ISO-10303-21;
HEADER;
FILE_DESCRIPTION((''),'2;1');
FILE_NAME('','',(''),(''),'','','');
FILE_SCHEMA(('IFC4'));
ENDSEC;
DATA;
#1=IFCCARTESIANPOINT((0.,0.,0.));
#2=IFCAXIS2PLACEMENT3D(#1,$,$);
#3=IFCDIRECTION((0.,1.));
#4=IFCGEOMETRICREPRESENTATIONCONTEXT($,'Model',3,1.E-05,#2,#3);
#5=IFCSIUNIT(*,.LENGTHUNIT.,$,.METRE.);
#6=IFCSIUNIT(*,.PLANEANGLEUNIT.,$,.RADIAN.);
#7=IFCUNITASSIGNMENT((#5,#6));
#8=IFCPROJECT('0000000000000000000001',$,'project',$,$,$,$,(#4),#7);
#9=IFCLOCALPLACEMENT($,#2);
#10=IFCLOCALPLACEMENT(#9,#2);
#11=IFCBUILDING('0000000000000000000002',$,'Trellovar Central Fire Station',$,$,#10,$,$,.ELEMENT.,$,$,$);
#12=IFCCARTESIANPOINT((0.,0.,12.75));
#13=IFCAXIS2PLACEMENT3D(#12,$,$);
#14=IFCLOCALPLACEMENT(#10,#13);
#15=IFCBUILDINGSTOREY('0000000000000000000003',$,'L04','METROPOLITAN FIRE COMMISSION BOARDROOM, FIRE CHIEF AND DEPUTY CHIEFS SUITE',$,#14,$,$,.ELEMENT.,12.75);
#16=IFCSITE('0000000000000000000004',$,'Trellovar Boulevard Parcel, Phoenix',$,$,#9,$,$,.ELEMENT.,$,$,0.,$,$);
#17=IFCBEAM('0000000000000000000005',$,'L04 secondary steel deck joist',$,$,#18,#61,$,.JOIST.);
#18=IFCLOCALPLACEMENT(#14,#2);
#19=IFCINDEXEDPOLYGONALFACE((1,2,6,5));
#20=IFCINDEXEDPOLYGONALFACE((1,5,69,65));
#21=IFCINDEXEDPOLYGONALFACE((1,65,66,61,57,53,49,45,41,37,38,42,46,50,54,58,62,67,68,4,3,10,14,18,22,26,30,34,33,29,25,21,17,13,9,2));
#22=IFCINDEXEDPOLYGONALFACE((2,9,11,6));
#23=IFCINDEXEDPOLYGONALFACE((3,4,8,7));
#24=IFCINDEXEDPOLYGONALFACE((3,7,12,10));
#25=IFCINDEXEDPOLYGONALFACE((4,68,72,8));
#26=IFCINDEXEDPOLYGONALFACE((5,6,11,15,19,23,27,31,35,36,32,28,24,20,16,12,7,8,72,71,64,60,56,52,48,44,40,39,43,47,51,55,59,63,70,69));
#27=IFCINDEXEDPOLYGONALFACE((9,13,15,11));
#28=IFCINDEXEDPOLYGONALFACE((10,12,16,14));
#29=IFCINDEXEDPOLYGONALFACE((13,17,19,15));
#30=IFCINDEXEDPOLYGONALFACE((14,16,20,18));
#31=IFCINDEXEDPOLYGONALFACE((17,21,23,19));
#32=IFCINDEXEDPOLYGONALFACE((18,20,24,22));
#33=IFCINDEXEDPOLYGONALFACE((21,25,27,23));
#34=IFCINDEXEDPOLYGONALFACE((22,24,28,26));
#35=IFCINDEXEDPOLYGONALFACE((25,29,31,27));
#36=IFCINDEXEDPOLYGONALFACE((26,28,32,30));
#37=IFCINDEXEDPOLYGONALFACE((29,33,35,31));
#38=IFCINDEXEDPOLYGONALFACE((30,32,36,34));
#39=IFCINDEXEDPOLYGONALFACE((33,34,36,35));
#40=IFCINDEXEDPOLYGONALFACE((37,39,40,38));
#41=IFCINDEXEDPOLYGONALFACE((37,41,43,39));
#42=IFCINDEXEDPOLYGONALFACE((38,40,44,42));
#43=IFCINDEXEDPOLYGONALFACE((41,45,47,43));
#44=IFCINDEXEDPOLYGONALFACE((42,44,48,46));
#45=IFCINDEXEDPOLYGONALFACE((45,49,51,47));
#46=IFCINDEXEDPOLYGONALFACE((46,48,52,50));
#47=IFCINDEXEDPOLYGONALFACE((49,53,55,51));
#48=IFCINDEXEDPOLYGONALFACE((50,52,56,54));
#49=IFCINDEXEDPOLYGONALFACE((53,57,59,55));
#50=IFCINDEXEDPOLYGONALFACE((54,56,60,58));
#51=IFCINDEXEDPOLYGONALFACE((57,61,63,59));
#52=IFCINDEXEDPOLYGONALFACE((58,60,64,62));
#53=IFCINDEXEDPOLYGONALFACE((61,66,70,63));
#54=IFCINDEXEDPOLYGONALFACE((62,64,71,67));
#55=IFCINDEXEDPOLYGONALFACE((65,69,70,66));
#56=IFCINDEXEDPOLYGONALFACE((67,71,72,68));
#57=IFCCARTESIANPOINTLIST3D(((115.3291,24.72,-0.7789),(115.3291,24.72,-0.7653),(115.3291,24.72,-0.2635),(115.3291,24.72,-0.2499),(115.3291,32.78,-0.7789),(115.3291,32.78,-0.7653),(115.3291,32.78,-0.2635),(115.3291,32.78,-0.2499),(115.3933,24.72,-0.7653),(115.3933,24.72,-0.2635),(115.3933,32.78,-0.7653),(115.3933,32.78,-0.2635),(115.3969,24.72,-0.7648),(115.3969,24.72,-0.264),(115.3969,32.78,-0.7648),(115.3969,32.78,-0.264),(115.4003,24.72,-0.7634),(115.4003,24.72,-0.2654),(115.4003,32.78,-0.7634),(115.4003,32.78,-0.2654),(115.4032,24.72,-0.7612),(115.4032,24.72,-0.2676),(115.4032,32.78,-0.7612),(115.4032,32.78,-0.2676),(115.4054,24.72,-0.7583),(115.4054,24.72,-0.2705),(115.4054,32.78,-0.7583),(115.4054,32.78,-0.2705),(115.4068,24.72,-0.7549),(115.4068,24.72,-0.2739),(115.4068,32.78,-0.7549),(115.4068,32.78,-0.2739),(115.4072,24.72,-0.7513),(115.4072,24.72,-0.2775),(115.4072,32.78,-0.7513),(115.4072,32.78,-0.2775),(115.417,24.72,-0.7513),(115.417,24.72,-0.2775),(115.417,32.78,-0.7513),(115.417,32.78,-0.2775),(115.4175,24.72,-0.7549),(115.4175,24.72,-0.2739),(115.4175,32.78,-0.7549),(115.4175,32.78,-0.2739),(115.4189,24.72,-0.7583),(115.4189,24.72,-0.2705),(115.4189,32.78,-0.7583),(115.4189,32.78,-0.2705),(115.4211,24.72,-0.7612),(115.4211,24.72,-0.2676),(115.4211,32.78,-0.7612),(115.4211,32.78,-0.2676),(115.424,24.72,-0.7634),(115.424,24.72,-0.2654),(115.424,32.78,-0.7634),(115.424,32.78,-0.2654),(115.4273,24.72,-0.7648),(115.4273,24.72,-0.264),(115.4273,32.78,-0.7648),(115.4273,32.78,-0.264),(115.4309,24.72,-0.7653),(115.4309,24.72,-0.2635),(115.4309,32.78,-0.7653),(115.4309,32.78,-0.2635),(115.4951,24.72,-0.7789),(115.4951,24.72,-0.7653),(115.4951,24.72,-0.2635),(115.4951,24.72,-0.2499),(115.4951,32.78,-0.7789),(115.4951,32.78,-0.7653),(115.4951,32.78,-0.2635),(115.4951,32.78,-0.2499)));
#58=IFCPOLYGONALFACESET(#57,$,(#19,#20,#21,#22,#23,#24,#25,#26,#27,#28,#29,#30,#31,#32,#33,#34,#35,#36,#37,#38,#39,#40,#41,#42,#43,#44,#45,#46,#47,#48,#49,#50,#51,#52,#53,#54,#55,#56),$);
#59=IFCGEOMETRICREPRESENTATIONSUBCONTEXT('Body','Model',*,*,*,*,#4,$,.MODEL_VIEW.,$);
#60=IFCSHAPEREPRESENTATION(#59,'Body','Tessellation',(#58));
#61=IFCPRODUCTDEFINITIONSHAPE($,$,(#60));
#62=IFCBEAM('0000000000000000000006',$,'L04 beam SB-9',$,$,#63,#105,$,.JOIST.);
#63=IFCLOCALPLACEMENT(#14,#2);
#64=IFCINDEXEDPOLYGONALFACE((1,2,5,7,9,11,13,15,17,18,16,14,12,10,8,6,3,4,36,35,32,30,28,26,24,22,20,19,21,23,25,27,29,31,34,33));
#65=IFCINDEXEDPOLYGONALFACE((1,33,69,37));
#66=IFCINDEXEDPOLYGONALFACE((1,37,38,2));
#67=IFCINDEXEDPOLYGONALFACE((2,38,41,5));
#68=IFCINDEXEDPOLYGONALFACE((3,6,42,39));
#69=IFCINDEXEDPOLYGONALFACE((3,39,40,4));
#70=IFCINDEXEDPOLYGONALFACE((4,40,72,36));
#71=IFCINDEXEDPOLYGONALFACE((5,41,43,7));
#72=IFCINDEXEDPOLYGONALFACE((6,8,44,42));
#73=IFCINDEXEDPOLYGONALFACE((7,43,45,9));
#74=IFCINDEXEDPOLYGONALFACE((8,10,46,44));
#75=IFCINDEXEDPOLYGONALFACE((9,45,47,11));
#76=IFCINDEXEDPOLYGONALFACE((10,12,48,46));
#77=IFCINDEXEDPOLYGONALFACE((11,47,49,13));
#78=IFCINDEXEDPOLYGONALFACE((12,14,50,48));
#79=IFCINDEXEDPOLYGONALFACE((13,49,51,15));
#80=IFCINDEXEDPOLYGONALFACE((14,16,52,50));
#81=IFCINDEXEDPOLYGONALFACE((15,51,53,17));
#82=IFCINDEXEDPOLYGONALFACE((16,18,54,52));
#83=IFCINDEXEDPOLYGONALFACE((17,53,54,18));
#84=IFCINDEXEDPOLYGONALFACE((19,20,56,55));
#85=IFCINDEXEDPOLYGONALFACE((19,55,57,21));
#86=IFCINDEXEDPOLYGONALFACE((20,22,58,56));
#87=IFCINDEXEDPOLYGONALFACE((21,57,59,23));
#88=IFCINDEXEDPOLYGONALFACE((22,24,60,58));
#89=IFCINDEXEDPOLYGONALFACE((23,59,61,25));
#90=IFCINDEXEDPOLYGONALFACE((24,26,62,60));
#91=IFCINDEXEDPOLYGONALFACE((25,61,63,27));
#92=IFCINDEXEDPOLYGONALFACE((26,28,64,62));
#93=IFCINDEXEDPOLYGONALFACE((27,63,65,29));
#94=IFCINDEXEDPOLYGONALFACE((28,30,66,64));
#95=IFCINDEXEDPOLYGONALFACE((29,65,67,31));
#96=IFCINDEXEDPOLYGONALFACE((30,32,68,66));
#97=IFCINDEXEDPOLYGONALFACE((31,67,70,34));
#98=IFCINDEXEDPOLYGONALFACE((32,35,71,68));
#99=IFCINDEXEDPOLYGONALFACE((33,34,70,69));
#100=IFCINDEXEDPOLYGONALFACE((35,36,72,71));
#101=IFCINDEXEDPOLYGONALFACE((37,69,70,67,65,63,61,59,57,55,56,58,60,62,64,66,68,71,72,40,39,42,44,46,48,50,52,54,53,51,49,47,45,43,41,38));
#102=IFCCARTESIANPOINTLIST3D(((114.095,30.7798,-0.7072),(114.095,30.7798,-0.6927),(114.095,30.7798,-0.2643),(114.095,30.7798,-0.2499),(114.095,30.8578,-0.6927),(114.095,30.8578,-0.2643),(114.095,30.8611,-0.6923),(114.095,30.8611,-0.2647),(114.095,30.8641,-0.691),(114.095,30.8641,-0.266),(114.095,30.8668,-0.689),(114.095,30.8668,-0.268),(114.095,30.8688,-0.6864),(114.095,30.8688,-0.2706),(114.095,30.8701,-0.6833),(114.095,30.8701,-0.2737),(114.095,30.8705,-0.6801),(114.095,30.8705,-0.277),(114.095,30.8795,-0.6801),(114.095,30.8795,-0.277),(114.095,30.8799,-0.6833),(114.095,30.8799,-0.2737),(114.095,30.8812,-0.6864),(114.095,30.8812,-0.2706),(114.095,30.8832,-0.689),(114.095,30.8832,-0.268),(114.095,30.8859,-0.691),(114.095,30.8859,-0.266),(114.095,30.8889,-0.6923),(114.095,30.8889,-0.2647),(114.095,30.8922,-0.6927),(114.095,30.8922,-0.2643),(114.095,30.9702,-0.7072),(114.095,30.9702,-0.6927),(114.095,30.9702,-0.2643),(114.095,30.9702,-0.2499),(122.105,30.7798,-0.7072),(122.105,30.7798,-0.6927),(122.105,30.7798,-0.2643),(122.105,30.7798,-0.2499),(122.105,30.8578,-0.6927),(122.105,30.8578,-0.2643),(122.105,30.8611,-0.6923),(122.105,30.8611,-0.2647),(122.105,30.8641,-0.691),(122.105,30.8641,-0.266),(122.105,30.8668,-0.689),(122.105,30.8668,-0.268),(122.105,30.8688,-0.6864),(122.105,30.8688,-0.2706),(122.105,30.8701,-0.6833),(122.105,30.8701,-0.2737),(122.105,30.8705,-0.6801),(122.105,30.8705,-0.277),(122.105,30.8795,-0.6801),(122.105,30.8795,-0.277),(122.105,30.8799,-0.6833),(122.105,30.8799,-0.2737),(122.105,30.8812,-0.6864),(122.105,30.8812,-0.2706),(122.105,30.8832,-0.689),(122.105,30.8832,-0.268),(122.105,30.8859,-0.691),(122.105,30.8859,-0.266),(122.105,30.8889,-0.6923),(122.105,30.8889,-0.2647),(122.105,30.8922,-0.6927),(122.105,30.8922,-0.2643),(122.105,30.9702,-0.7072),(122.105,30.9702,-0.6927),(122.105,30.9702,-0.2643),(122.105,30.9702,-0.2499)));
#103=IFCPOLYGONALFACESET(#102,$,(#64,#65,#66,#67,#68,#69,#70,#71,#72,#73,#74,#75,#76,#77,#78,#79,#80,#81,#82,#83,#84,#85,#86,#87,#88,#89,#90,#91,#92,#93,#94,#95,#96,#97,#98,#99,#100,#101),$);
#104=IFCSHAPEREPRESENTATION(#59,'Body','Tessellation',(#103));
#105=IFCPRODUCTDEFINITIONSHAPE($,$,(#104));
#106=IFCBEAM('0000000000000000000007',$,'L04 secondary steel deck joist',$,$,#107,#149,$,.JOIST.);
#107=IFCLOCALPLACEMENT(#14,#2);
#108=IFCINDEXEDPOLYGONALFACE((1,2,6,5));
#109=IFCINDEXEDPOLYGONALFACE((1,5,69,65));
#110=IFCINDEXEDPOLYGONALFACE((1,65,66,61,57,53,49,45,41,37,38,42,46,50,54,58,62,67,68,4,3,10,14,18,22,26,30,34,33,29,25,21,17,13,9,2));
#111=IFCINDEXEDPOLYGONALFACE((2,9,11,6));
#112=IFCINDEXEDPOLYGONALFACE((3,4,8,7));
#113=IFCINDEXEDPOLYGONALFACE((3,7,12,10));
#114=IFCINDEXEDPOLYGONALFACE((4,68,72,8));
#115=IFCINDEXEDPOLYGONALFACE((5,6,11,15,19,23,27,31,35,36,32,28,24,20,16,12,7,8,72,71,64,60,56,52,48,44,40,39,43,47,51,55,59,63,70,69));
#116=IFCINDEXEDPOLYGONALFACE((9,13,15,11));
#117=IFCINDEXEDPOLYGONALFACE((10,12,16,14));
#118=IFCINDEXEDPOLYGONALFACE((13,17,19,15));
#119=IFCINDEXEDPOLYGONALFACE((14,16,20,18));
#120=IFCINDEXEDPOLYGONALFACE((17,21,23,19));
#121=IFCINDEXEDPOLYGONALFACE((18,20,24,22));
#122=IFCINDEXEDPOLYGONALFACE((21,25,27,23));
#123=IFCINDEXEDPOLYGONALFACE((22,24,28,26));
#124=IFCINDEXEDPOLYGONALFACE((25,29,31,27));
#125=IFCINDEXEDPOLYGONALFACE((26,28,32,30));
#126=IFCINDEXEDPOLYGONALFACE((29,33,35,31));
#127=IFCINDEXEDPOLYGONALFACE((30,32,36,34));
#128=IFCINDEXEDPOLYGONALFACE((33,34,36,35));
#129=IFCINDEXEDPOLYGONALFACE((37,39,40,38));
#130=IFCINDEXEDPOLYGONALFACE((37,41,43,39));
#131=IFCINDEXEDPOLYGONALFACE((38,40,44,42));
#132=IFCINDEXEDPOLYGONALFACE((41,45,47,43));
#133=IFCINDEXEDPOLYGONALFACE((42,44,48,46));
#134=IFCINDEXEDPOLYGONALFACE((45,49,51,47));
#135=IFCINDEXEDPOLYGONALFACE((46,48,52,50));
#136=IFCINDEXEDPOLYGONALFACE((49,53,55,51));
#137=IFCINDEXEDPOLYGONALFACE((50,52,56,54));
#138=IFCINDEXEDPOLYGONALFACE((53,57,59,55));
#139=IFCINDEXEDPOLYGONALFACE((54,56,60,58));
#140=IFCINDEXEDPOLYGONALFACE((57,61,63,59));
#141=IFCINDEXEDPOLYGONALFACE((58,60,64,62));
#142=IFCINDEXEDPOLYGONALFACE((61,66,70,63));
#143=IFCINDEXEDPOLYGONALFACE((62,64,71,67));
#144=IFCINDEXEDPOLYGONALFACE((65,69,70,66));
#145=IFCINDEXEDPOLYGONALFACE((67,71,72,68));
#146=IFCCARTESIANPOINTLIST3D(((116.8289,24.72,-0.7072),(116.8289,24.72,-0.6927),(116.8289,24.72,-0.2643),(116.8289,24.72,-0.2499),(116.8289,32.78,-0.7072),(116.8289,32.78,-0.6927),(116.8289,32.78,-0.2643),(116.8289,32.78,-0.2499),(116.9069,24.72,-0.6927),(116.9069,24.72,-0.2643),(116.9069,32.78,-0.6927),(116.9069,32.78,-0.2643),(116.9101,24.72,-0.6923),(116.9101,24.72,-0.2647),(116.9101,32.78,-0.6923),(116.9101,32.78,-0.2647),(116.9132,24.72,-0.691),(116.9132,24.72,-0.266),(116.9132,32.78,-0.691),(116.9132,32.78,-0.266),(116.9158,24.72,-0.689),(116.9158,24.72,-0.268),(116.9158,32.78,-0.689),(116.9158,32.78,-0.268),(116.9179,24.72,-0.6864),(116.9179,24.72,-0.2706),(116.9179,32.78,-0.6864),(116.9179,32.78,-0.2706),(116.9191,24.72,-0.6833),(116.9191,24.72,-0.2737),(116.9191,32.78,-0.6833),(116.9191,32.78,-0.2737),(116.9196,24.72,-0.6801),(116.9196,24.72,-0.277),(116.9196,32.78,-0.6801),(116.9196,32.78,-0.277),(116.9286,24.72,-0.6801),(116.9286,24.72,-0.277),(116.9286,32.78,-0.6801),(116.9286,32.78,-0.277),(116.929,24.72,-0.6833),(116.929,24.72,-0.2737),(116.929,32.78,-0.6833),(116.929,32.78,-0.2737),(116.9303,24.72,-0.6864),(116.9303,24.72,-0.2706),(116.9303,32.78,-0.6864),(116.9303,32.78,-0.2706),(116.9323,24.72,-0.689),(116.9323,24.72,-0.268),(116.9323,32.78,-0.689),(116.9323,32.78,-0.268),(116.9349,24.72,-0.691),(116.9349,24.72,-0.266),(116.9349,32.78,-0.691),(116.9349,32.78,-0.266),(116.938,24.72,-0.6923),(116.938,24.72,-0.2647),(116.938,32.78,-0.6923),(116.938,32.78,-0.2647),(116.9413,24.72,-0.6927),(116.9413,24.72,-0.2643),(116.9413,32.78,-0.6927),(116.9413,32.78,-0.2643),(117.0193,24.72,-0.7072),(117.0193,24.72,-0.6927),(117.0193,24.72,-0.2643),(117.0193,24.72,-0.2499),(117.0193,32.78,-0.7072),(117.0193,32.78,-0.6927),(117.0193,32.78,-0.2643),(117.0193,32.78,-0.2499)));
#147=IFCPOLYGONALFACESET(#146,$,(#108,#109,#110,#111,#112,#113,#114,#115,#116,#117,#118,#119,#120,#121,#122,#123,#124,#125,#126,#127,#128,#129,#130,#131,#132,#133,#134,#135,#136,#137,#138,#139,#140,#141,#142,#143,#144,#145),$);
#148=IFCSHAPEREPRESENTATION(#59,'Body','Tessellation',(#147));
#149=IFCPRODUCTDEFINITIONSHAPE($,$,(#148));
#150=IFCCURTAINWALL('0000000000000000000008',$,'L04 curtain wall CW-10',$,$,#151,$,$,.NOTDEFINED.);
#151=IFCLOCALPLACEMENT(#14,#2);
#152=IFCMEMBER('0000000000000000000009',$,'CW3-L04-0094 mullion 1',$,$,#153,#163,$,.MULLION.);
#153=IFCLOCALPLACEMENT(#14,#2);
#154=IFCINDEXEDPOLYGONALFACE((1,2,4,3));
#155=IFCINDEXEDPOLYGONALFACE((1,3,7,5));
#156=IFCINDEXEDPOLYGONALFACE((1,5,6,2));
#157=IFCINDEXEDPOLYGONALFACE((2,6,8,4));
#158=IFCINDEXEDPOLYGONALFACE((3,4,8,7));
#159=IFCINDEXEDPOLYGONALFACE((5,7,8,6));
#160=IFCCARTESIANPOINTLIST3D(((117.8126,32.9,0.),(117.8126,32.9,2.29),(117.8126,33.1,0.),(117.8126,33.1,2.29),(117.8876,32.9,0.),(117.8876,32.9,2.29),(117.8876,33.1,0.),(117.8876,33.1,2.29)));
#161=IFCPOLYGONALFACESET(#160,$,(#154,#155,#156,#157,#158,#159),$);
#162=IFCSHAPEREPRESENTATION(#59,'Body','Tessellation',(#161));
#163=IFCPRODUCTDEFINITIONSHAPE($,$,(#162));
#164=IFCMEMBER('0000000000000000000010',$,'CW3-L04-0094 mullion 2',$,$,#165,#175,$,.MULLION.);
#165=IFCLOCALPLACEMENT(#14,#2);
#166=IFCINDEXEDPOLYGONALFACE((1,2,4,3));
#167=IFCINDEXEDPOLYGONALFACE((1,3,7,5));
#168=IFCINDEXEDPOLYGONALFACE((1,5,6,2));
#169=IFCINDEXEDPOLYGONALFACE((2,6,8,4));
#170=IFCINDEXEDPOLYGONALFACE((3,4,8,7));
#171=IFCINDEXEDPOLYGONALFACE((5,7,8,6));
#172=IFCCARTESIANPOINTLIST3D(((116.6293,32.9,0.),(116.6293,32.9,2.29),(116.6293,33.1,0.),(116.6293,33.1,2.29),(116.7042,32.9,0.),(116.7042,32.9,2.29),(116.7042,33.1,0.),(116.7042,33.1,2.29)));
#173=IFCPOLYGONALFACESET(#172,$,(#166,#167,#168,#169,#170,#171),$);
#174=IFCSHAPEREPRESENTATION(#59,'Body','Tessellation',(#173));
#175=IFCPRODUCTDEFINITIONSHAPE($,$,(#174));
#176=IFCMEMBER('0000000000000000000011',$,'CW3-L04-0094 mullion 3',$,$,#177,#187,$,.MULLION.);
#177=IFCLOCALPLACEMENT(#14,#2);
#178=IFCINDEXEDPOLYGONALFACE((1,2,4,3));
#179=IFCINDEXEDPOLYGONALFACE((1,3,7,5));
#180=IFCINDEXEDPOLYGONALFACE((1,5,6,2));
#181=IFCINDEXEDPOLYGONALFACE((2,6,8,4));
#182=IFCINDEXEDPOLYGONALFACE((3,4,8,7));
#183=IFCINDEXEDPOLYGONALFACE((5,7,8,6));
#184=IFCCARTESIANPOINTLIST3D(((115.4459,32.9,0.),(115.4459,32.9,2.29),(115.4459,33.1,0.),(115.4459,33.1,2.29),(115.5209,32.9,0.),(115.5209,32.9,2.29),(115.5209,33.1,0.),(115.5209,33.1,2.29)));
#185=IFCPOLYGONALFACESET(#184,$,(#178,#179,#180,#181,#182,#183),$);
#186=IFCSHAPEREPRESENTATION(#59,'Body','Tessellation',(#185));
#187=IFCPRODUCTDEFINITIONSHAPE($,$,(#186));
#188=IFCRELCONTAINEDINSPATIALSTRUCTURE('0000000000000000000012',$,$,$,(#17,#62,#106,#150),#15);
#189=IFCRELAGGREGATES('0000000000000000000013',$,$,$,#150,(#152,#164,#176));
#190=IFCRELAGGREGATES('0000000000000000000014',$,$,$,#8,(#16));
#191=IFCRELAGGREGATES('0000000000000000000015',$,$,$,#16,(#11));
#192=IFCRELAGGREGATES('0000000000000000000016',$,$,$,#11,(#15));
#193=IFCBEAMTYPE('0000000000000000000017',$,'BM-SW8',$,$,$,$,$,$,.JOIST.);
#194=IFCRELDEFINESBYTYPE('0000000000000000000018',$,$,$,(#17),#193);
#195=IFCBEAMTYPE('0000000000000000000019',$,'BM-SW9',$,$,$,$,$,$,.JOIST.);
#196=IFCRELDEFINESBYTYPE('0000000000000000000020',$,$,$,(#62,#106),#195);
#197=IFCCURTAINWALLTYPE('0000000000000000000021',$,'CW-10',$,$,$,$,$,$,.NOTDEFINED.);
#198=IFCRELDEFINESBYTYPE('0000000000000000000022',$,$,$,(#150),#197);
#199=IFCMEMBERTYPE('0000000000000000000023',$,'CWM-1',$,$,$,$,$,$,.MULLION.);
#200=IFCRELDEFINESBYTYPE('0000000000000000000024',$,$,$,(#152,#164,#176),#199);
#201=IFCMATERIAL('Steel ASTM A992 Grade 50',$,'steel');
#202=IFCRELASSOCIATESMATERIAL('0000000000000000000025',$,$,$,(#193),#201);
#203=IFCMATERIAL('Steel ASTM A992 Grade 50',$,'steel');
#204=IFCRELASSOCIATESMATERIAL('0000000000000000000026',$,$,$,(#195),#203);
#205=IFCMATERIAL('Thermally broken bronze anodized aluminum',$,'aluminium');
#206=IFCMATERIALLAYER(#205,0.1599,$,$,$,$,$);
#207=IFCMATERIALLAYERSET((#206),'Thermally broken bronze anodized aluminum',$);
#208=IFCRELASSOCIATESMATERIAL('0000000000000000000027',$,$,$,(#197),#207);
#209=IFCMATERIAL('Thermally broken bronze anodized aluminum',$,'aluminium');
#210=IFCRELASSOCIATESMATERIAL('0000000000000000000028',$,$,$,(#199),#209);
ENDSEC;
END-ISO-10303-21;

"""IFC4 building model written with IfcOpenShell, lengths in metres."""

from ifc_helpers import new_model, si_unit, direction, frame, origin, origin_2d, place, context, subcontext, project, spatial, rectangle, i_section, extrude, material, layer, layer_set, material_profile, profile_set, type_object, element, aggregate, save


model = new_model("IFC4")

# Units and contexts
model_context = context("Model", 3, precision=1e-05, world=origin(), true_north=direction((0.0, 1.0)))
body_context = subcontext(model_context, "Body", "Model", "MODEL_VIEW")
ifc_project = project(units=[si_unit("LENGTHUNIT", "METRE"), si_unit("PLANEANGLEUNIT", "RADIAN")], contexts=[model_context])

# Site, building, storey
site_placement = place(None, origin())
site = spatial("IfcSite", under=ifc_project, at=site_placement, Name="Trellovar Boulevard Parcel, Phoenix", CompositionType="ELEMENT", RefElevation=0.0)
building_placement = place(site_placement, origin())
building = spatial("IfcBuilding", under=site, at=building_placement, Name="Trellovar Central Fire Station", CompositionType="ELEMENT")
storey_placement = place(building_placement, frame((0.0, 0.0, 12.75)))
storey = spatial("IfcBuildingStorey", under=building, at=storey_placement, Name="L04", Description="METROPOLITAN FIRE COMMISSION BOARDROOM, FIRE CHIEF AND DEPUTY CHIEFS SUITE", CompositionType="ELEMENT", Elevation=12.75)

# Beams
ifc_material_1 = material(Name="Steel ASTM A992 Grade 50", Category="steel")
ifc_material_profile_1 = material_profile(ifc_material_1, i_section(OverallWidth=0.166, OverallDepth=0.5291, WebThickness=0.0098, FlangeThickness=0.0137, FilletRadius=0.0139, at=origin_2d()), Name="W21X50")
ifc_profile_set_1 = profile_set([ifc_material_profile_1], Name="Steel ASTM A992 Grade 50")
beam_type_1 = type_object("IfcBeamType", Name="BM-SW8", PredefinedType="JOIST", material=ifc_profile_set_1)
beam_1_placement = place(storey_placement, frame((115.4121, 24.72, -0.5144), z_axis=(0.0, 1.0, 0.0), x_axis=(-1.0, 0.0, 0.0)))
element("IfcBeam", 1, at=beam_1_placement, inside=storey, type_object=beam_type_1, Name="L04 secondary steel deck joist", PredefinedType="JOIST", context=body_context, shape_type="SweptSolid", body=[
    extrude(i_section(OverallWidth=0.166, OverallDepth=0.5291, WebThickness=0.0098, FlangeThickness=0.0137, FilletRadius=0.0139, at=origin_2d()), origin(), (0.0, 0.0, 1.0), 8.0601),
])
ifc_material_2 = material(Name="Steel ASTM A992 Grade 50", Category="steel")
ifc_material_profile_2 = material_profile(ifc_material_2, i_section(OverallWidth=0.1904, OverallDepth=0.4573, WebThickness=0.009, FlangeThickness=0.0144, FilletRadius=0.0127, at=origin_2d()), Name="W18X50")
ifc_profile_set_2 = profile_set([ifc_material_profile_2], Name="Steel ASTM A992 Grade 50")
beam_type_2 = type_object("IfcBeamType", Name="BM-SW9", PredefinedType="JOIST", material=ifc_profile_set_2)
beam_2_placement = place(storey_placement, frame((114.095, 30.875, -0.4785), z_axis=(1.0, 0.0, 0.0), x_axis=(0.0, 1.0, 0.0)))
element("IfcBeam", 2, at=beam_2_placement, inside=storey, type_object=beam_type_2, Name="L04 beam SB-9", PredefinedType="JOIST", context=body_context, shape_type="SweptSolid", body=[
    extrude(i_section(OverallWidth=0.1904, OverallDepth=0.4573, WebThickness=0.009, FlangeThickness=0.0144, FilletRadius=0.0127, at=origin_2d()), origin(), (0.0, 0.0, 1.0), 8.01),
])
beam_3_placement = place(storey_placement, frame((116.9241, 24.72, -0.4785), z_axis=(0.0, 1.0, 0.0), x_axis=(-1.0, 0.0, 0.0)))
element("IfcBeam", 3, at=beam_3_placement, inside=storey, type_object=beam_type_2, Name="L04 secondary steel deck joist", PredefinedType="JOIST", context=body_context, shape_type="SweptSolid", body=[
    extrude(i_section(OverallWidth=0.1904, OverallDepth=0.4573, WebThickness=0.009, FlangeThickness=0.0144, FilletRadius=0.0127, at=origin_2d()), origin(), (0.0, 0.0, 1.0), 8.0601),
])

# Curtain wall, members
ifc_material_3 = material(Name="Thermally broken bronze anodized aluminum", Category="aluminium")
ifc_layer_1 = layer(ifc_material_3, 0.1599)
ifc_layer_set_1 = layer_set([ifc_layer_1], Name="Thermally broken bronze anodized aluminum")
curtain_wall_type = type_object("IfcCurtainWallType", Name="CW-10", PredefinedType="NOTDEFINED", material=ifc_layer_set_1)
curtain_wall_placement = place(storey_placement, origin())
curtain_wall = element("IfcCurtainWall", 4, at=curtain_wall_placement, inside=storey, type_object=curtain_wall_type, Name="L04 curtain wall CW-10", PredefinedType="NOTDEFINED")
ifc_material_4 = material(Name="Thermally broken bronze anodized aluminum", Category="aluminium")
ifc_material_profile_3 = material_profile(ifc_material_4, rectangle(XDim=0.075, YDim=0.2, at=origin_2d()), Name="ALU75X200")
ifc_profile_set_3 = profile_set([ifc_material_profile_3], Name="Thermally broken bronze anodized aluminum")
member_type_1 = type_object("IfcMemberType", Name="CWM-1", PredefinedType="MULLION", material=ifc_profile_set_3)
member_1_placement = place(storey_placement, frame((117.8501, 33.0, 0.0), z_axis=(0.0, 0.0, 1.0), x_axis=(1.0, 0.0, 0.0)))
member_1 = element("IfcMember", 5, at=member_1_placement, type_object=member_type_1, Name="CW3-L04-0094 mullion 1", PredefinedType="MULLION", context=body_context, shape_type="SweptSolid", body=[
    extrude(rectangle(XDim=0.075, YDim=0.2, at=origin_2d()), origin(), (0.0, 0.0, 1.0), 2.29),
])
member_2_placement = place(storey_placement, frame((116.6667, 33.0, 0.0), z_axis=(0.0, 0.0, 1.0), x_axis=(1.0, 0.0, 0.0)))
member_2 = element("IfcMember", 6, at=member_2_placement, type_object=member_type_1, Name="CW3-L04-0094 mullion 2", PredefinedType="MULLION", context=body_context, shape_type="SweptSolid", body=[
    extrude(rectangle(XDim=0.075, YDim=0.2, at=origin_2d()), origin(), (0.0, 0.0, 1.0), 2.29),
])
member_3_placement = place(storey_placement, frame((115.4834, 33.0, 0.0), z_axis=(0.0, 0.0, 1.0), x_axis=(1.0, 0.0, 0.0)))
member_3 = element("IfcMember", 7, at=member_3_placement, type_object=member_type_1, Name="CW3-L04-0094 mullion 3", PredefinedType="MULLION", context=body_context, shape_type="SweptSolid", body=[
    extrude(rectangle(XDim=0.075, YDim=0.2, at=origin_2d()), origin(), (0.0, 0.0, 1.0), 2.29),
])

aggregate(curtain_wall, [member_1, member_2, member_3])

save(model, "model.ifc")
